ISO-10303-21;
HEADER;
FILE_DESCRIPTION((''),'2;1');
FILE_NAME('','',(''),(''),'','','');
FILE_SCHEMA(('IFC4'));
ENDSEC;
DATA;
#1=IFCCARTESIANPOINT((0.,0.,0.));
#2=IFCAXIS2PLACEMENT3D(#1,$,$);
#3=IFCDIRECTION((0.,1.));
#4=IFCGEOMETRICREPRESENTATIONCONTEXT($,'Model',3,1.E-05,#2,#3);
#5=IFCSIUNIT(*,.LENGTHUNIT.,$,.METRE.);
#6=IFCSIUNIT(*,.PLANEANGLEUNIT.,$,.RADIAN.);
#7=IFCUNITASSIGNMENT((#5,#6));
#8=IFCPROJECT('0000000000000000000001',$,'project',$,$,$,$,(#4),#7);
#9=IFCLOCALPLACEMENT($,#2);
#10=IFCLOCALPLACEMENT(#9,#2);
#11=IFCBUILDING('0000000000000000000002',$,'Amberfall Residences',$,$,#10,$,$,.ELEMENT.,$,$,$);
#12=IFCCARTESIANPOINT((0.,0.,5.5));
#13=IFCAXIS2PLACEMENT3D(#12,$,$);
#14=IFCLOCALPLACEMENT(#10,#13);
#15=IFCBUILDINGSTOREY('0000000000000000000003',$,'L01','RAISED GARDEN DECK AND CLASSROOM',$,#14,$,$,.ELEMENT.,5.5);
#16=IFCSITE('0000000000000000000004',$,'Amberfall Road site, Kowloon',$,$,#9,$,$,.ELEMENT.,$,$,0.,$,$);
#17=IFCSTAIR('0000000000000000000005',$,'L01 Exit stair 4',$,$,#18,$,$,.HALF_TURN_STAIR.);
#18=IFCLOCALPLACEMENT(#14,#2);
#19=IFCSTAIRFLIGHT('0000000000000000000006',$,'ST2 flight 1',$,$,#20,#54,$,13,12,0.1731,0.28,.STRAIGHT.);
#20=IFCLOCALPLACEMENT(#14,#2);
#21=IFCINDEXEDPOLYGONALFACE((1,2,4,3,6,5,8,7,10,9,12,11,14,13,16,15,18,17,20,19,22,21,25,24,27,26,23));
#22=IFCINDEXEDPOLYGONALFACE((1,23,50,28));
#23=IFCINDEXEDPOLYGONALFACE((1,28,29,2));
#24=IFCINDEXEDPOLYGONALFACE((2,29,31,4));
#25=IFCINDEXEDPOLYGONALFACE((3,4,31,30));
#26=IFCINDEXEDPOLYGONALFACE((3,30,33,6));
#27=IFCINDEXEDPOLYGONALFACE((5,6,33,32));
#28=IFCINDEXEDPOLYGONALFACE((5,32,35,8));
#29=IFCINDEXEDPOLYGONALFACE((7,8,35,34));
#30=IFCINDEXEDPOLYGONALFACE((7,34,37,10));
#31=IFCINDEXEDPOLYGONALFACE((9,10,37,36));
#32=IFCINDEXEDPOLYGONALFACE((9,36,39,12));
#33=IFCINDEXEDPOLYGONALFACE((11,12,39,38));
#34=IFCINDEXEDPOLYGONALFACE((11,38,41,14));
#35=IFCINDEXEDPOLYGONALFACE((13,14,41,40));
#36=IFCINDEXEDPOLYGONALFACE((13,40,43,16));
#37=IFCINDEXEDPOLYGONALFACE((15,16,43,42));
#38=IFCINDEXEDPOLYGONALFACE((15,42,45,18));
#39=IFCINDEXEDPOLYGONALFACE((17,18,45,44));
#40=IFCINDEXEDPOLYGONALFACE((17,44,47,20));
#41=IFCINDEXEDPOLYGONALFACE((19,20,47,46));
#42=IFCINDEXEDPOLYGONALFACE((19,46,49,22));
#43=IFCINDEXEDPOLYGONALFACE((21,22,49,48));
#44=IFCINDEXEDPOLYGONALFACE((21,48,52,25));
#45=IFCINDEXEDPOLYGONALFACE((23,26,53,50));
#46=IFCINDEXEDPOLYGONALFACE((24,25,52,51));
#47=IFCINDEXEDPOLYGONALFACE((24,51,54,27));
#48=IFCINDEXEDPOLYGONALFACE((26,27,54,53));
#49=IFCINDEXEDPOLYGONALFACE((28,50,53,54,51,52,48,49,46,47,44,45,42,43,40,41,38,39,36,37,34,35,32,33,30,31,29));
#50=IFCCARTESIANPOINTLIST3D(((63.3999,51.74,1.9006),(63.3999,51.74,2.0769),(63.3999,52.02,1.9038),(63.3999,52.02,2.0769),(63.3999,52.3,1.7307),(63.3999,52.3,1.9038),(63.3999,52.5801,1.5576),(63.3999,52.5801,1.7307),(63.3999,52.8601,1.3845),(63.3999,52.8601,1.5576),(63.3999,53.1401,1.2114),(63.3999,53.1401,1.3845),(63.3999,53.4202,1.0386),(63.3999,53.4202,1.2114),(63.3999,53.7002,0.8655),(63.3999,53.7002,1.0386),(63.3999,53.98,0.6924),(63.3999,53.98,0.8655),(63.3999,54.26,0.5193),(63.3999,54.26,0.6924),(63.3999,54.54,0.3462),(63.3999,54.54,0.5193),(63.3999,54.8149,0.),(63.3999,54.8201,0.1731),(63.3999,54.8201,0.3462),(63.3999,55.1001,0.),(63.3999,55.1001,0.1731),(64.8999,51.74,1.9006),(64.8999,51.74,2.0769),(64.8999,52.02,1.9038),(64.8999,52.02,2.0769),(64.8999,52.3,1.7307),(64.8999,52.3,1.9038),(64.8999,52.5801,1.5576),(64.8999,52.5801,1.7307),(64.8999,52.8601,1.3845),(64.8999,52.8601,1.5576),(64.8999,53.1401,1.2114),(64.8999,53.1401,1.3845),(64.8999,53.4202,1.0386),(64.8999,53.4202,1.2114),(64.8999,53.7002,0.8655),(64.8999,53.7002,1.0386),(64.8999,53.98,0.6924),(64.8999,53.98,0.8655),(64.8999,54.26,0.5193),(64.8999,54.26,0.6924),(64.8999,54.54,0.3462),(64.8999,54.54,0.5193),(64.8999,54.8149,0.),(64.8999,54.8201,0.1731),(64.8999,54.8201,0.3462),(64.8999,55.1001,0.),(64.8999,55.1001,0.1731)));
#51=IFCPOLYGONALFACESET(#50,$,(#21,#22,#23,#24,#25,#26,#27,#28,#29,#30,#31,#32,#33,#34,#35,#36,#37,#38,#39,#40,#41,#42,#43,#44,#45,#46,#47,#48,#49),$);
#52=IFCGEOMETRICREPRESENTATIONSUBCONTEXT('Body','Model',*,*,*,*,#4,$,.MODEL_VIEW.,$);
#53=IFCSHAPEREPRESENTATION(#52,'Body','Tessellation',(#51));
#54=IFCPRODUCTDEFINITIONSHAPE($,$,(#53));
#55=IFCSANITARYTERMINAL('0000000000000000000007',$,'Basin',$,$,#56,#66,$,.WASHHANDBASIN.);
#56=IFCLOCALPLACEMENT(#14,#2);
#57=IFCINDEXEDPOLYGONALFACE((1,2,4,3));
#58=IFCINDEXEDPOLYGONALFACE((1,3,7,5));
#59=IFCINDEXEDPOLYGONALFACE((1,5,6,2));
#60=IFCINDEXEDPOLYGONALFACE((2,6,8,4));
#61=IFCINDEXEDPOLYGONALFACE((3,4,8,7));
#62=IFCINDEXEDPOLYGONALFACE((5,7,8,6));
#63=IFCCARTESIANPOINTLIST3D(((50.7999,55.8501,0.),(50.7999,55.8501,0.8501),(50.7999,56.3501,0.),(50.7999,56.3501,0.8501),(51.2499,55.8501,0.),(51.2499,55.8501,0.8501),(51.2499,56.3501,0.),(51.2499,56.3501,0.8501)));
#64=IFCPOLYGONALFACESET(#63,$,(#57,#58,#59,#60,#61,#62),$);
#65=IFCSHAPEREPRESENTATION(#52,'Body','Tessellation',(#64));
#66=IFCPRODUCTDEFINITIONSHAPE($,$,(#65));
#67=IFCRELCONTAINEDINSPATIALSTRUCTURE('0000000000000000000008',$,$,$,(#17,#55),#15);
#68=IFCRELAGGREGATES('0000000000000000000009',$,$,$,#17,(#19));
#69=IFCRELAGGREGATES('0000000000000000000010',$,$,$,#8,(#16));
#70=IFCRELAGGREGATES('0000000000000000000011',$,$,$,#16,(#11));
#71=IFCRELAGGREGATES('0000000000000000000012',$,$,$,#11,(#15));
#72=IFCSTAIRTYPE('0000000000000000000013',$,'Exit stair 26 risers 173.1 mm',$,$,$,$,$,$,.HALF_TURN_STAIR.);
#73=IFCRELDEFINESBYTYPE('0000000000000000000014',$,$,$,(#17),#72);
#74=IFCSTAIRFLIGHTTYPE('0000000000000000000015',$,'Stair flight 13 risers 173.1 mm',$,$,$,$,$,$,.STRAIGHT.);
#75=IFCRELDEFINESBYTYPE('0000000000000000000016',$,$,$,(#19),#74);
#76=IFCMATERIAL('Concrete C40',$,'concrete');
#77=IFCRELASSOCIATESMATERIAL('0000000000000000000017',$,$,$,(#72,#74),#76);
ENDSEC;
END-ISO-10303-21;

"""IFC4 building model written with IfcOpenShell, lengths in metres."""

from ifc_helpers import new_model, si_unit, direction, frame, origin, origin_2d, place, context, subcontext, project, spatial, polyline, rectangle, outline, extrude, material, type_object, element, aggregate, save


model = new_model("IFC4")

# Units and contexts
model_context = context("Model", 3, precision=1e-05, world=origin(), true_north=direction((0.0, 1.0)))
body_context = subcontext(model_context, "Body", "Model", "MODEL_VIEW")
ifc_project = project(units=[si_unit("LENGTHUNIT", "METRE"), si_unit("PLANEANGLEUNIT", "RADIAN")], contexts=[model_context])

# Site, building, storey
site_placement = place(None, origin())
site = spatial("IfcSite", under=ifc_project, at=site_placement, Name="Amberfall Road site, Kowloon", CompositionType="ELEMENT", RefElevation=0.0)
building_placement = place(site_placement, origin())
building = spatial("IfcBuilding", under=site, at=building_placement, Name="Amberfall Residences", CompositionType="ELEMENT")
storey_placement = place(building_placement, frame((0.0, 0.0, 5.5)))
storey = spatial("IfcBuildingStorey", under=building, at=storey_placement, Name="L01", Description="RAISED GARDEN DECK AND CLASSROOM", CompositionType="ELEMENT", Elevation=5.5)

# Stair, stair flight
ifc_material_1 = material(Name="Concrete C40", Category="concrete")
stair_type = type_object("IfcStairType", Name="Exit stair 26 risers 173.1 mm", PredefinedType="HALF_TURN_STAIR", material=ifc_material_1)
stair_placement = place(storey_placement, origin())
stair = element("IfcStair", 1, at=stair_placement, inside=storey, type_object=stair_type, Name="L01 Exit stair 4", PredefinedType="HALF_TURN_STAIR")
stair_flight_type = type_object("IfcStairFlightType", Name="Stair flight 13 risers 173.1 mm", PredefinedType="STRAIGHT", material=ifc_material_1)
stair_flight_placement = place(storey_placement, frame((64.1499, 55.1001, 0.0), z_axis=(0.0, 0.0, 1.0), x_axis=(0.0, -1.0, 0.0)))
stair_flight = element("IfcStairFlight", 2, at=stair_flight_placement, type_object=stair_flight_type, Name="ST2 flight 1", NumberOfRisers=13, NumberOfTreads=12, PredefinedType="STRAIGHT", RiserHeight=0.1731, TreadLength=0.28, context=body_context, shape_type="SweptSolid", body=[
    extrude(outline(polyline([(0.0, 0.0), (0.0, 0.1731), (0.28, 0.1731), (0.28, 0.3462), (0.5601, 0.3462), (0.5601, 0.5193), (0.8401, 0.5193), (0.8401, 0.6924), (1.1201, 0.6924), (1.1201, 0.8655), (1.3999, 0.8655), (1.3999, 1.0386), (1.6799, 1.0386), (1.6799, 1.2114), (1.96, 1.2114), (1.96, 1.3845), (2.24, 1.3845), (2.24, 1.5576), (2.52, 1.5576), (2.52, 1.7307), (2.8, 1.7307), (2.8, 1.9038), (3.0801, 1.9038), (3.0801, 2.0769), (3.3601, 2.0769), (3.3601, 2.25), (3.3601, 1.9006), (0.2852, 0.0), (0.0, 0.0)])), frame((0.0, 0.75, 0.0), z_axis=(0.0, -1.0, 0.0), x_axis=(1.0, 0.0, 0.0)), (0.0, 0.0, 1.0), 1.5),
])
aggregate(stair, [stair_flight])

# Sanitary terminal
sanitary_terminal_placement = place(storey_placement, frame((51.0249, 56.1001, 0.0), z_axis=(0.0, 0.0, 1.0), x_axis=(1.0, 0.0, 0.0)))
element("IfcSanitaryTerminal", 3, at=sanitary_terminal_placement, inside=storey, Name="Basin", PredefinedType="WASHHANDBASIN", context=body_context, shape_type="SweptSolid", body=[
    extrude(rectangle(XDim=0.45, YDim=0.5, at=origin_2d()), origin(), (0.0, 0.0, 1.0), 0.8501),
])

save(model, "model.ifc")
